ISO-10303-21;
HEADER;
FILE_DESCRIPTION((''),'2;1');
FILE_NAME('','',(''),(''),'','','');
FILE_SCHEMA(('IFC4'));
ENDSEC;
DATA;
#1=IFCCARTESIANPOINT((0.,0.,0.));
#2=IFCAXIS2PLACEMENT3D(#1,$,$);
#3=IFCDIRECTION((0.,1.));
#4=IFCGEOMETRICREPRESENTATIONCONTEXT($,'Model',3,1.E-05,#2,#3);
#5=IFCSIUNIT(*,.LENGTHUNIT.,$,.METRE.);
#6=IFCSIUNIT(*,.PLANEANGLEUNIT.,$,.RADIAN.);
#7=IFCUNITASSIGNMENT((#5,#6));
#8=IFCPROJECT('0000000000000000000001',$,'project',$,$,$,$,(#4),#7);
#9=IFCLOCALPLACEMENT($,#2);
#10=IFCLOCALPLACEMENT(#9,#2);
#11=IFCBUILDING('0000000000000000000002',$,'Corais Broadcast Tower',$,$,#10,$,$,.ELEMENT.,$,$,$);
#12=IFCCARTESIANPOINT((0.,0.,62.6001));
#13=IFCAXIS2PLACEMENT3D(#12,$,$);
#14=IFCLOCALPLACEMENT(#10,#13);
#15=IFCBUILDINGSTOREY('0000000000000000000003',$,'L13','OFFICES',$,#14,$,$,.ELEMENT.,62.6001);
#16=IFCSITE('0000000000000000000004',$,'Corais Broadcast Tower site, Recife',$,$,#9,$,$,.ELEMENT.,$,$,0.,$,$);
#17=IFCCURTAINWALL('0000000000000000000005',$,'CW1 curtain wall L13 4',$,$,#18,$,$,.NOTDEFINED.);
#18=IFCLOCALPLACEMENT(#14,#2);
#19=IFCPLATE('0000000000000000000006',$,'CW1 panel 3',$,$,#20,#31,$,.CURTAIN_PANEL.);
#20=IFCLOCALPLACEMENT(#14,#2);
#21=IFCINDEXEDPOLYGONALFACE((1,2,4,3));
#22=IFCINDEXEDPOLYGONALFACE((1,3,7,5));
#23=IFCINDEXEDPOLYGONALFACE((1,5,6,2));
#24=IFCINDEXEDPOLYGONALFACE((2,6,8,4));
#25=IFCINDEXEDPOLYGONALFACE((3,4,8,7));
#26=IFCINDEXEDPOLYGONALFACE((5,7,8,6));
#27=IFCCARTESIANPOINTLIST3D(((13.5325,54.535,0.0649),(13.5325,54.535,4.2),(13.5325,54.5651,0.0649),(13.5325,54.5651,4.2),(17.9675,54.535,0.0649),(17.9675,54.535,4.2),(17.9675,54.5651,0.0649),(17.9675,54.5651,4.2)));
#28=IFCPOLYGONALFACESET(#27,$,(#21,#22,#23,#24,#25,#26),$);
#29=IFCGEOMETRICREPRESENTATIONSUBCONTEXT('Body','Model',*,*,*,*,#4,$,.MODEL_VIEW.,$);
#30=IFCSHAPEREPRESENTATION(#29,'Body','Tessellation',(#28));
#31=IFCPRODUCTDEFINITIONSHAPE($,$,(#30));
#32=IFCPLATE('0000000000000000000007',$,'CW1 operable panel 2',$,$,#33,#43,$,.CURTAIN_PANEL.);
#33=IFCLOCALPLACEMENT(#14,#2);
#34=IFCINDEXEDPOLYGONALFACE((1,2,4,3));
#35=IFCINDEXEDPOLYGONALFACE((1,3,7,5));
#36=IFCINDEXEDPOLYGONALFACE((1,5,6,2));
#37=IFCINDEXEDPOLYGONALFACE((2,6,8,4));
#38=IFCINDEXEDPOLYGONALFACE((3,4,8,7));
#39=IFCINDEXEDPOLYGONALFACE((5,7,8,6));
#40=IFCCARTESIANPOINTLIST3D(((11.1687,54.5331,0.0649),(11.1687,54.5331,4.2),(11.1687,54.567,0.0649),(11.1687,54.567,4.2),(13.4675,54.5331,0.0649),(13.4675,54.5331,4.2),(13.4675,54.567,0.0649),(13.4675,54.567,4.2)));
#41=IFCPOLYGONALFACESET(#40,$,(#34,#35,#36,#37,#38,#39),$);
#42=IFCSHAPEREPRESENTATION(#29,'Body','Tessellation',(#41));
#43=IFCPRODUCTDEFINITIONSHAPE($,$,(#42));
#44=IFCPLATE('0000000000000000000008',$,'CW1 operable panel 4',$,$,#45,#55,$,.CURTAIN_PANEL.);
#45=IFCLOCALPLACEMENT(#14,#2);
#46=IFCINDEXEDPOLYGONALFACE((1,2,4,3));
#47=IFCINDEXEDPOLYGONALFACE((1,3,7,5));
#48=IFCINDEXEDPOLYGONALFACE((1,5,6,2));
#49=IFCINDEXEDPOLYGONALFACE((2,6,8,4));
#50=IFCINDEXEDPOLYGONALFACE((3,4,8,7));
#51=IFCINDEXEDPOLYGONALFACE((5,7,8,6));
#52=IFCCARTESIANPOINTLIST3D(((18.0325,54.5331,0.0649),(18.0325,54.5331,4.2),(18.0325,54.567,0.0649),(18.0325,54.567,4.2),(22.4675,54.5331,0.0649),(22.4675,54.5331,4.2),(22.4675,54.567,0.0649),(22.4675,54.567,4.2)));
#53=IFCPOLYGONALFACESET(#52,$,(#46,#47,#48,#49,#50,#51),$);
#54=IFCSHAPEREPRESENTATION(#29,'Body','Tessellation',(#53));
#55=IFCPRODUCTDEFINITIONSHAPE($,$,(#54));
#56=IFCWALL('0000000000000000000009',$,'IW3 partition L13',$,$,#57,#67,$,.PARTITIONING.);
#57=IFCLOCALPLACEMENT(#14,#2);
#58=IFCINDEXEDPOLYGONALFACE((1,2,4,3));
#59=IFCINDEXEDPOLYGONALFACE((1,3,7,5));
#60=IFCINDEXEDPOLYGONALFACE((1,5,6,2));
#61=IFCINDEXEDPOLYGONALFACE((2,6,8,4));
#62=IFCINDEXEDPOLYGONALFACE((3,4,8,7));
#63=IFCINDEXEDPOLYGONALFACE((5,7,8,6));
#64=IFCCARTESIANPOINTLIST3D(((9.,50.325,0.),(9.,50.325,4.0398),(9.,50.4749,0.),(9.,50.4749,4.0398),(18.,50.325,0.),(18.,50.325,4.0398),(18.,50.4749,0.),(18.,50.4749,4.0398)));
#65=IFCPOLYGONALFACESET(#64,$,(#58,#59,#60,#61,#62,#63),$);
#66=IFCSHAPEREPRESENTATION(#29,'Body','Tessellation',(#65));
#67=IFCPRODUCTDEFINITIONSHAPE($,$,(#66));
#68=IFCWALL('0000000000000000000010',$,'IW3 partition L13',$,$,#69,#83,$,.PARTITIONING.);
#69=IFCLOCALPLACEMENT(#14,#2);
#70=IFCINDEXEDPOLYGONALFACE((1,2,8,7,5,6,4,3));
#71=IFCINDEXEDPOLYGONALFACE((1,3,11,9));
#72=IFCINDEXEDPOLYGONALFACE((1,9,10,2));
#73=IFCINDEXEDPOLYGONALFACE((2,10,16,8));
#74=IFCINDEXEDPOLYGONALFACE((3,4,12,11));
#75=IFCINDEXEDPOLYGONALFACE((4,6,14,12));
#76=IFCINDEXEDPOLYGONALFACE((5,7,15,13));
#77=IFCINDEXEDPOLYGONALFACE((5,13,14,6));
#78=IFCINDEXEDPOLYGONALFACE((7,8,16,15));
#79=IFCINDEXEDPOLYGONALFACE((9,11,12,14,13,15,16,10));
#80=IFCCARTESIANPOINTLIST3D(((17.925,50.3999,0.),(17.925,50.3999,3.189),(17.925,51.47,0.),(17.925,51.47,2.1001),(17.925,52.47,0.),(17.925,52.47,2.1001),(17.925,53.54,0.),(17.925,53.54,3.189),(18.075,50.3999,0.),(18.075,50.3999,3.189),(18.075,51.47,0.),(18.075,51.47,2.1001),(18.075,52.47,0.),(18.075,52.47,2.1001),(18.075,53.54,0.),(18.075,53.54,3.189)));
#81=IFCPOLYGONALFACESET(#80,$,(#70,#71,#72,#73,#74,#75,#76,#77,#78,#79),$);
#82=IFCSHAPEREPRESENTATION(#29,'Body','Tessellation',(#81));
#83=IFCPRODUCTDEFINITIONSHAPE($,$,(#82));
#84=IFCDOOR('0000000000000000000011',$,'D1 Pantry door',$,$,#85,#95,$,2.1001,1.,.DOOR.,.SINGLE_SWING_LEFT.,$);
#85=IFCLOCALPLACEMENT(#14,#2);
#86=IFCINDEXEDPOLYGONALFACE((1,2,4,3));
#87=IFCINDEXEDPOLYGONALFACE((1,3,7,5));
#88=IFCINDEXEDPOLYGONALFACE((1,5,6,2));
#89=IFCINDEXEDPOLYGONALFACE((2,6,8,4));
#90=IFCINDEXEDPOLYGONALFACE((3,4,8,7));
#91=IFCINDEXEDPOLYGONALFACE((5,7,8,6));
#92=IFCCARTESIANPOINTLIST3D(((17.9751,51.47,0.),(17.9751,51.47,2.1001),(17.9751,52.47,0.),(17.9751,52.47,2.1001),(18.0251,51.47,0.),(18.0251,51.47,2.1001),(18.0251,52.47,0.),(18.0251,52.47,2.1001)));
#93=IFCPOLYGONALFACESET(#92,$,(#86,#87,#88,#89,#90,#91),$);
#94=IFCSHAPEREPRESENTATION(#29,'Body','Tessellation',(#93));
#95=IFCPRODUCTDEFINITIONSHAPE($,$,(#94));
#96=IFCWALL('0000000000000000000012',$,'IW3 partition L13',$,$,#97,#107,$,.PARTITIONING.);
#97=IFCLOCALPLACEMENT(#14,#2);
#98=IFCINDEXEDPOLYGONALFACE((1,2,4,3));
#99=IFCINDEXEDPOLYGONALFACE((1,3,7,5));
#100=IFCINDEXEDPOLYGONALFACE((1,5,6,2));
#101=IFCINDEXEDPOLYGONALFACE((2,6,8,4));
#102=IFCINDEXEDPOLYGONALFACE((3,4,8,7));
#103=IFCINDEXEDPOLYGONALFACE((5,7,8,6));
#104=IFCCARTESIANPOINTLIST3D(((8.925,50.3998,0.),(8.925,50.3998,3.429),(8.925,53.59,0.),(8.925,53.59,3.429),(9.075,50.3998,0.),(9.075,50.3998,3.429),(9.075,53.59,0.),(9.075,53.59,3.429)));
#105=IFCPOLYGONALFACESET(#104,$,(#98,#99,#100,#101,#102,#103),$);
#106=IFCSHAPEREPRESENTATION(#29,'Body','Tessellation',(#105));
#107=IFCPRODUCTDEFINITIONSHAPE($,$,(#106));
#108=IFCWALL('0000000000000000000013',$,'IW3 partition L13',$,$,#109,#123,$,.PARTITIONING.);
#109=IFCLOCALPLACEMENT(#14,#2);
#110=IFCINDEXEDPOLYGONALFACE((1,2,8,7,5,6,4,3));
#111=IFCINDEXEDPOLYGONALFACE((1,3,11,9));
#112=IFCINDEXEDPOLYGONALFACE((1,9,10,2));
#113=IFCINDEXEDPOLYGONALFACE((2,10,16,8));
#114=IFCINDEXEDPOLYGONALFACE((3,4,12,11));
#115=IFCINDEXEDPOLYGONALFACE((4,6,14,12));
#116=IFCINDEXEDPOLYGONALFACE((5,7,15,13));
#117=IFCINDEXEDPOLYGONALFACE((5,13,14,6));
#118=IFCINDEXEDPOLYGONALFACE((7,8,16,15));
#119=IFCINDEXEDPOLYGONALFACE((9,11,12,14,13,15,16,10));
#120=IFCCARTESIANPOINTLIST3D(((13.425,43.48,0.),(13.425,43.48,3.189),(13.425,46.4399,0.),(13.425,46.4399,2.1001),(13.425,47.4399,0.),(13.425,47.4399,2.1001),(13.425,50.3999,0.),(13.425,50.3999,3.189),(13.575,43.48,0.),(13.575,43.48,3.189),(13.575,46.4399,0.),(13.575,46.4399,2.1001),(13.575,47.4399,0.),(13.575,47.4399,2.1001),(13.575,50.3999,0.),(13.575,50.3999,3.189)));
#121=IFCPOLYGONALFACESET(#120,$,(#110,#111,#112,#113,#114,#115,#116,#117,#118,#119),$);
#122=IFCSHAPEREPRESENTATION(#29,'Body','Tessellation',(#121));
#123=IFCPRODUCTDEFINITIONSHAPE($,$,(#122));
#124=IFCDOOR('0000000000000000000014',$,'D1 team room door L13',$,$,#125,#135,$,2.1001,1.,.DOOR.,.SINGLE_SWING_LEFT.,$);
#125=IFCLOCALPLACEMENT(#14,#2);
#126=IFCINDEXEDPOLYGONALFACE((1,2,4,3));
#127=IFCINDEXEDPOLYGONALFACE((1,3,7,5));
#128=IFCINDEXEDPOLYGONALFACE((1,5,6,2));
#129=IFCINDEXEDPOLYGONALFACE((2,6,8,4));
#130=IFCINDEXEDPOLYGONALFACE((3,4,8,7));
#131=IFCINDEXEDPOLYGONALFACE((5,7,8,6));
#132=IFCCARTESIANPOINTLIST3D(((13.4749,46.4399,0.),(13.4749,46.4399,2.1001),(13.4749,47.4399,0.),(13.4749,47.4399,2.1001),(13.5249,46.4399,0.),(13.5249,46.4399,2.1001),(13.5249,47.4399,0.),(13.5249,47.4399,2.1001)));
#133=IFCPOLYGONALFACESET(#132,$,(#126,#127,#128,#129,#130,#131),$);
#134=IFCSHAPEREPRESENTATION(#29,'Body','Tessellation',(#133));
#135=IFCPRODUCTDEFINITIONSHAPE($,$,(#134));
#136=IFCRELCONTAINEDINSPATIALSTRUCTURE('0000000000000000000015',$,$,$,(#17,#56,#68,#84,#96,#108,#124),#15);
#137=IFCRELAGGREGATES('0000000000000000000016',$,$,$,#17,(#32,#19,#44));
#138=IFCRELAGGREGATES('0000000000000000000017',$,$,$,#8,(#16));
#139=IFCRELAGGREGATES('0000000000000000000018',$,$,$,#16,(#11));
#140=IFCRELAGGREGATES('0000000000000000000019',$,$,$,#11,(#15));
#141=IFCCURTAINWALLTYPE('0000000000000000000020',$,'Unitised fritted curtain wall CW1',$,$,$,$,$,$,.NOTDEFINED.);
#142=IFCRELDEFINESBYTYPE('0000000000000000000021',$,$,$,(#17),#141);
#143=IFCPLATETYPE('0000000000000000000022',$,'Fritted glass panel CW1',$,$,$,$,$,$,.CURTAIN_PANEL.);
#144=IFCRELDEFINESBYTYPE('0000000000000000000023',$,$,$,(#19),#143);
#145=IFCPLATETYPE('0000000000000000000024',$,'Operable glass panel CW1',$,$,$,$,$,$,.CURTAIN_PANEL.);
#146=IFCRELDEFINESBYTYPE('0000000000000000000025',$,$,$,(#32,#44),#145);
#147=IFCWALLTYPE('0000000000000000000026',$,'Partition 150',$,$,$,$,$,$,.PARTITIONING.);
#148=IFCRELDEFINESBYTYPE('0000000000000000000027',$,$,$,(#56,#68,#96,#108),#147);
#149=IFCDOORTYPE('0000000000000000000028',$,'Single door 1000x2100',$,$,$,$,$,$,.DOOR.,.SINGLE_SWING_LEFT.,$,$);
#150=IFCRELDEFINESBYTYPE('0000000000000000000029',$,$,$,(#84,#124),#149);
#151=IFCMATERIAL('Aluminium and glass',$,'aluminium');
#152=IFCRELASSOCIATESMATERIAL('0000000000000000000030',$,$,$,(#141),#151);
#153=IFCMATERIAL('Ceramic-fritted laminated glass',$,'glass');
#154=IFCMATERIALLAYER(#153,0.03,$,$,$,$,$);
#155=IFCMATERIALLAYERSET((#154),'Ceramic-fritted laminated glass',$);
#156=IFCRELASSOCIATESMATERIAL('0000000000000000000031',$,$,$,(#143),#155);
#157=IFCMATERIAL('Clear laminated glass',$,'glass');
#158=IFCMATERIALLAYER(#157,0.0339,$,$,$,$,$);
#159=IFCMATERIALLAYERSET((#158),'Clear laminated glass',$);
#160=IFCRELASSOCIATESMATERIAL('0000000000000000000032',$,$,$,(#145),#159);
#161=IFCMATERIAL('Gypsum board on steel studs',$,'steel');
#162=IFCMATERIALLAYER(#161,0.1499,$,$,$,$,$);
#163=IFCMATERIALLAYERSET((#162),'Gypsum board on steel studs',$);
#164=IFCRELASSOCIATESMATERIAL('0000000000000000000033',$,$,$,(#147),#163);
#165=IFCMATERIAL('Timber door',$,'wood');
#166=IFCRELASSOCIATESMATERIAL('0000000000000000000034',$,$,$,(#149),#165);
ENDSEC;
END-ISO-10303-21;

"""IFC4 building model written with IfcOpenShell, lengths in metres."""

from ifc_helpers import new_model, si_unit, direction, frame, frame_2d, origin, origin_2d, place, context, subcontext, project, spatial, rectangle, extrude, material, layer, layer_set, type_object, element, fill, aggregate, save


model = new_model("IFC4")

# Units and contexts
model_context = context("Model", 3, precision=1e-05, world=origin(), true_north=direction((0.0, 1.0)))
body_context = subcontext(model_context, "Body", "Model", "MODEL_VIEW")
ifc_project = project(units=[si_unit("LENGTHUNIT", "METRE"), si_unit("PLANEANGLEUNIT", "RADIAN")], contexts=[model_context])

# Site, building, storey
site_placement = place(None, origin())
site = spatial("IfcSite", under=ifc_project, at=site_placement, Name="Corais Broadcast Tower site, Recife", CompositionType="ELEMENT", RefElevation=0.0)
building_placement = place(site_placement, origin())
building = spatial("IfcBuilding", under=site, at=building_placement, Name="Corais Broadcast Tower", CompositionType="ELEMENT")
storey_placement = place(building_placement, frame((0.0, 0.0, 62.6001)))
storey = spatial("IfcBuildingStorey", under=building, at=storey_placement, Name="L13", Description="OFFICES", CompositionType="ELEMENT", Elevation=62.6001)

# Curtain wall
ifc_material_1 = material(Name="Aluminium and glass", Category="aluminium")
curtain_wall_type = type_object("IfcCurtainWallType", Name="Unitised fritted curtain wall CW1", PredefinedType="NOTDEFINED", material=ifc_material_1)
curtain_wall_placement = place(storey_placement, origin())
curtain_wall = element("IfcCurtainWall", 1, at=curtain_wall_placement, inside=storey, type_object=curtain_wall_type, Name="CW1 curtain wall L13 4", PredefinedType="NOTDEFINED")

# Plates
ifc_material_2 = material(Name="Ceramic-fritted laminated glass", Category="glass")
ifc_layer_1 = layer(ifc_material_2, 0.03)
ifc_layer_set_1 = layer_set([ifc_layer_1], Name="Ceramic-fritted laminated glass")
plate_type_1 = type_object("IfcPlateType", Name="Fritted glass panel CW1", PredefinedType="CURTAIN_PANEL", material=ifc_layer_set_1)
plate_1_placement = place(storey_placement, frame((15.75, 54.55, 0.0649), z_axis=(0.0, 0.0, 1.0), x_axis=(1.0, 0.0, 0.0)))
plate_1 = element("IfcPlate", 2, at=plate_1_placement, type_object=plate_type_1, Name="CW1 panel 3", PredefinedType="CURTAIN_PANEL", context=body_context, shape_type="SweptSolid", body=[
    extrude(rectangle(XDim=4.4351, YDim=0.03, at=origin_2d()), origin(), (0.0, 0.0, 1.0), 4.135),
])
ifc_material_3 = material(Name="Clear laminated glass", Category="glass")
ifc_layer_2 = layer(ifc_material_3, 0.0339)
ifc_layer_set_2 = layer_set([ifc_layer_2], Name="Clear laminated glass")
plate_type_2 = type_object("IfcPlateType", Name="Operable glass panel CW1", PredefinedType="CURTAIN_PANEL", material=ifc_layer_set_2)
plate_2_placement = place(storey_placement, frame((12.3181, 54.55, 0.0649), z_axis=(0.0, 0.0, 1.0), x_axis=(1.0, 0.0, 0.0)))
plate_2 = element("IfcPlate", 3, at=plate_2_placement, type_object=plate_type_2, Name="CW1 operable panel 2", PredefinedType="CURTAIN_PANEL", context=body_context, shape_type="SweptSolid", body=[
    extrude(rectangle(XDim=2.2988, YDim=0.0339, at=origin_2d()), origin(), (0.0, 0.0, 1.0), 4.135),
])
plate_3_placement = place(storey_placement, frame((20.25, 54.55, 0.0649), z_axis=(0.0, 0.0, 1.0), x_axis=(1.0, 0.0, 0.0)))
plate_3 = element("IfcPlate", 4, at=plate_3_placement, type_object=plate_type_2, Name="CW1 operable panel 4", PredefinedType="CURTAIN_PANEL", context=body_context, shape_type="SweptSolid", body=[
    extrude(rectangle(XDim=4.4351, YDim=0.0339, at=origin_2d()), origin(), (0.0, 0.0, 1.0), 4.135),
])
aggregate(curtain_wall, [plate_2, plate_1, plate_3])

# Wall
ifc_material_4 = material(Name="Gypsum board on steel studs", Category="steel")
ifc_layer_3 = layer(ifc_material_4, 0.1499)
ifc_layer_set_3 = layer_set([ifc_layer_3], Name="Gypsum board on steel studs")
wall_type = type_object("IfcWallType", Name="Partition 150", PredefinedType="PARTITIONING", material=ifc_layer_set_3)
wall_1_placement = place(storey_placement, frame((9.0, 50.3999, 0.0), z_axis=(0.0, 0.0, 1.0), x_axis=(1.0, 0.0, 0.0)))
element("IfcWall", 5, at=wall_1_placement, inside=storey, type_object=wall_type, Name="IW3 partition L13", PredefinedType="PARTITIONING", context=body_context, shape_type="SweptSolid", body=[
    extrude(rectangle(XDim=9.0, YDim=0.1499, at=frame_2d((4.5, 0.0))), origin(), (0.0, 0.0, 1.0), 4.0398),
])

# Wall, opening, door
wall_2_placement = place(storey_placement, frame((18.0, 50.3999, 0.0), z_axis=(0.0, 0.0, 1.0), x_axis=(0.0, 1.0, 0.0)))
wall_2 = element("IfcWall", 6, at=wall_2_placement, inside=storey, type_object=wall_type, Name="IW3 partition L13", PredefinedType="PARTITIONING", context=body_context, shape_type="SweptSolid", body=[
    extrude(rectangle(XDim=3.1401, YDim=0.1499, at=frame_2d((1.5701, 0.0))), origin(), (0.0, 0.0, 1.0), 3.189),
])
opening_1_placement = place(wall_2_placement, frame((1.0701, 0.0, 0.0)))
opening_1 = element("IfcOpeningElement", 7, at=opening_1_placement, cuts=wall_2, PredefinedType="OPENING", context=body_context, shape_type="SweptSolid", body=[
    extrude(rectangle(XDim=1.0, YDim=2.1001, at=frame_2d((0.5, 1.05))), frame((0.0, 0.085, 0.0), z_axis=(0.0, -1.0, 0.0), x_axis=(1.0, 0.0, 0.0)), (0.0, 0.0, 1.0), 0.1699),
])
ifc_material_5 = material(Name="Timber door", Category="wood")
door_type = type_object("IfcDoorType", Name="Single door 1000x2100", OperationType="SINGLE_SWING_LEFT", PredefinedType="DOOR", material=ifc_material_5)
door_1_placement = place(opening_1_placement, origin())
door_1 = element("IfcDoor", 8, at=door_1_placement, inside=storey, type_object=door_type, Name="D1 Pantry door", OperationType="SINGLE_SWING_LEFT", OverallHeight=2.1001, OverallWidth=1.0, PredefinedType="DOOR", context=body_context, shape_type="SweptSolid", body=[
    extrude(rectangle(XDim=1.0, YDim=2.1001, at=frame_2d((0.5, 1.05))), frame((0.0, 0.0249, 0.0), z_axis=(0.0, -1.0, 0.0), x_axis=(1.0, 0.0, 0.0)), (0.0, 0.0, 1.0), 0.05),
])
fill(opening_1, door_1)

# Wall
wall_3_placement = place(storey_placement, frame((9.0, 53.5901, 0.0), z_axis=(0.0, 0.0, 1.0), x_axis=(0.0, -1.0, 0.0)))
element("IfcWall", 9, at=wall_3_placement, inside=storey, type_object=wall_type, Name="IW3 partition L13", PredefinedType="PARTITIONING", context=body_context, shape_type="SweptSolid", body=[
    extrude(rectangle(XDim=3.1902, YDim=0.1499, at=frame_2d((1.5952, 0.0))), origin(), (0.0, 0.0, 1.0), 3.429),
])

# Wall, opening, door
wall_4_placement = place(storey_placement, frame((13.5, 50.3999, 0.0), z_axis=(0.0, 0.0, 1.0), x_axis=(0.0, -1.0, 0.0)))
wall_4 = element("IfcWall", 10, at=wall_4_placement, inside=storey, type_object=wall_type, Name="IW3 partition L13", PredefinedType="PARTITIONING", context=body_context, shape_type="SweptSolid", body=[
    extrude(rectangle(XDim=6.9199, YDim=0.1499, at=frame_2d((3.46, 0.0))), origin(), (0.0, 0.0, 1.0), 3.189),
])
opening_2_placement = place(wall_4_placement, frame((2.96, 0.0, 0.0)))
opening_2 = element("IfcOpeningElement", 11, at=opening_2_placement, cuts=wall_4, PredefinedType="OPENING", context=body_context, shape_type="SweptSolid", body=[
    extrude(rectangle(XDim=1.0, YDim=2.1001, at=frame_2d((0.5, 1.05))), frame((0.0, 0.085, 0.0), z_axis=(0.0, -1.0, 0.0), x_axis=(1.0, 0.0, 0.0)), (0.0, 0.0, 1.0), 0.1699),
])
door_2_placement = place(opening_2_placement, origin())
door_2 = element("IfcDoor", 12, at=door_2_placement, inside=storey, type_object=door_type, Name="D1 team room door L13", OperationType="SINGLE_SWING_LEFT", OverallHeight=2.1001, OverallWidth=1.0, PredefinedType="DOOR", context=body_context, shape_type="SweptSolid", body=[
    extrude(rectangle(XDim=1.0, YDim=2.1001, at=frame_2d((0.5, 1.05))), frame((0.0, 0.0249, 0.0), z_axis=(0.0, -1.0, 0.0), x_axis=(1.0, 0.0, 0.0)), (0.0, 0.0, 1.0), 0.05),
])
fill(opening_2, door_2)

save(model, "model.ifc")
